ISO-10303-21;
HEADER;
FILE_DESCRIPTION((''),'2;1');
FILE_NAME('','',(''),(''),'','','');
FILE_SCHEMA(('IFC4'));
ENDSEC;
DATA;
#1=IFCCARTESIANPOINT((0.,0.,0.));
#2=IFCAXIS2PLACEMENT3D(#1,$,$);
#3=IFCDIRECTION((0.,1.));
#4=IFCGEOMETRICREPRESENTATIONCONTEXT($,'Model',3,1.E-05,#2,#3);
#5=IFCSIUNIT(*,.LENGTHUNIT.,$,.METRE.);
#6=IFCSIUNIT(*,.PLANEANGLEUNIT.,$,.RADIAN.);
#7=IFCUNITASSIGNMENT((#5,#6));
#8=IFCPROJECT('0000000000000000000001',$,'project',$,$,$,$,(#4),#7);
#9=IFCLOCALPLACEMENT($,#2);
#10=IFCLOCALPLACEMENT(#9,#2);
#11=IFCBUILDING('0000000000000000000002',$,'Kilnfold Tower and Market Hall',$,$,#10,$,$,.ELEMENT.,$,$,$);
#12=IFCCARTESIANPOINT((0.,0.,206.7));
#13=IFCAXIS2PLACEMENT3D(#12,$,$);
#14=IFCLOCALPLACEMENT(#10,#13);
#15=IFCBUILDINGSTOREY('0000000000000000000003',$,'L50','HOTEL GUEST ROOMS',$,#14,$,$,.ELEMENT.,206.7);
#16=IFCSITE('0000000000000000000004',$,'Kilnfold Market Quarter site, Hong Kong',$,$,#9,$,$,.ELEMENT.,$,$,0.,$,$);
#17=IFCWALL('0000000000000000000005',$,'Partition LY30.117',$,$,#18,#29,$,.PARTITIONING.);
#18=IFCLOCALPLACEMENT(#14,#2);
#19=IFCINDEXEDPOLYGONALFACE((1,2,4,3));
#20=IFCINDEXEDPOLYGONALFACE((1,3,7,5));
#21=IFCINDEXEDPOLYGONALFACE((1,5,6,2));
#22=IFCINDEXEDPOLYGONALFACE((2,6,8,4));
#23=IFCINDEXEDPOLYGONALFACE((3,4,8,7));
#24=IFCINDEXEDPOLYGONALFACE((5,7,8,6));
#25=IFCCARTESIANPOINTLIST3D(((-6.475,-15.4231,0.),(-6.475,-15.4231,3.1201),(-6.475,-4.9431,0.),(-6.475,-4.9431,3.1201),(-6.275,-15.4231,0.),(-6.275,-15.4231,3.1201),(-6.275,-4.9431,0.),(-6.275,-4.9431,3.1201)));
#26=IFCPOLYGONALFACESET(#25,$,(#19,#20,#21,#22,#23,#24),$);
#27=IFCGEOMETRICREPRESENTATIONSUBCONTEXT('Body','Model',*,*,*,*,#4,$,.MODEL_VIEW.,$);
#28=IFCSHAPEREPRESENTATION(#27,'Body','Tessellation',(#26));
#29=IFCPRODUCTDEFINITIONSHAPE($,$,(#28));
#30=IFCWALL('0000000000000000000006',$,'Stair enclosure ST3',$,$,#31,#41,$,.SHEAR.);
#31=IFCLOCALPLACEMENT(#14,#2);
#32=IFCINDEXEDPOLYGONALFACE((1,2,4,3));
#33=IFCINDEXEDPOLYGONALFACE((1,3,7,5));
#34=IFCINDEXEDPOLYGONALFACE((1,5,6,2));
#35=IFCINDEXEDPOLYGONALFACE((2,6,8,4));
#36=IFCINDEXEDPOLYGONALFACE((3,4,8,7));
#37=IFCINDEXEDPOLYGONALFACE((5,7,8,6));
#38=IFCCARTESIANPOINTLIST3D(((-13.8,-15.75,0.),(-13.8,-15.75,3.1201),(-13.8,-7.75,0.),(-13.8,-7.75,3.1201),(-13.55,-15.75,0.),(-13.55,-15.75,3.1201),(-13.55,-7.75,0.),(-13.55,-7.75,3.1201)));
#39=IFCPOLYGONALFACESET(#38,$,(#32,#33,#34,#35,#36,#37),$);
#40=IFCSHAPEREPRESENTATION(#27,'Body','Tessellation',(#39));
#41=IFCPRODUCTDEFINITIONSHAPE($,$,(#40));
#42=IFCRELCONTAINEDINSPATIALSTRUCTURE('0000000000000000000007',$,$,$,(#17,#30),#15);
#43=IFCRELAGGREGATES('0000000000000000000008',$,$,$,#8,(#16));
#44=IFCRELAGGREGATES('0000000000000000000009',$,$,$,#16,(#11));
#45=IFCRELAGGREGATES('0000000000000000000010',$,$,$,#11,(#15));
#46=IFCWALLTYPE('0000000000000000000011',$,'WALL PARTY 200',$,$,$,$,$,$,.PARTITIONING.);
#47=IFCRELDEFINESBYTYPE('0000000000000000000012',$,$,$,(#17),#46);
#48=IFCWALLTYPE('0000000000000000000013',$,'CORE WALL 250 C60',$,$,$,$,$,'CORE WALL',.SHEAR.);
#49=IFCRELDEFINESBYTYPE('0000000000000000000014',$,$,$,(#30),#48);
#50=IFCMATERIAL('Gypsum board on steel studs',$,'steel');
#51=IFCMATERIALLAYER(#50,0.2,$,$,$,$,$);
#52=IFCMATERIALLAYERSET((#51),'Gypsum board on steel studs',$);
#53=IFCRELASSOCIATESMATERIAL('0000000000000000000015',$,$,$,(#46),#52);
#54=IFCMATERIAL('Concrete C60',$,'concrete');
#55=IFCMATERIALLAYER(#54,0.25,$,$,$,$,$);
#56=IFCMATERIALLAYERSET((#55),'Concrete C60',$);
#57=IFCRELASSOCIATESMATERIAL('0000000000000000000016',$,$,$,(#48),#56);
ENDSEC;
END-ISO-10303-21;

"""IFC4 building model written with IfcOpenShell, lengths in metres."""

from ifc_helpers import new_model, si_unit, direction, frame, frame_2d, origin, place, context, subcontext, project, spatial, rectangle, extrude, source, transform, mapped, material, layer, layer_set, type_object, element, save


model = new_model("IFC4")

# Units and contexts
model_context = context("Model", 3, precision=1e-05, world=origin(), true_north=direction((0.0, 1.0)))
body_context = subcontext(model_context, "Body", "Model", "MODEL_VIEW")
ifc_project = project(units=[si_unit("LENGTHUNIT", "METRE"), si_unit("PLANEANGLEUNIT", "RADIAN")], contexts=[model_context])

# Site, building, storey
site_placement = place(None, origin())
site = spatial("IfcSite", under=ifc_project, at=site_placement, Name="Kilnfold Market Quarter site, Hong Kong", CompositionType="ELEMENT", RefElevation=0.0)
building_placement = place(site_placement, origin())
building = spatial("IfcBuilding", under=site, at=building_placement, Name="Kilnfold Tower and Market Hall", CompositionType="ELEMENT")
storey_placement = place(building_placement, frame((0.0, 0.0, 206.7)))
storey = spatial("IfcBuildingStorey", under=building, at=storey_placement, Name="L50", Description="HOTEL GUEST ROOMS", CompositionType="ELEMENT", Elevation=206.7)

# Walls
ifc_material_1 = material(Name="Gypsum board on steel studs", Category="steel")
ifc_layer_1 = layer(ifc_material_1, 0.2)
ifc_layer_set_1 = layer_set([ifc_layer_1], Name="Gypsum board on steel studs")
wall_type_1 = type_object("IfcWallType", Name="WALL PARTY 200", PredefinedType="PARTITIONING", material=ifc_layer_set_1)
wall_1_placement = place(storey_placement, frame((-6.375, -15.4231, 0.0), z_axis=(0.0, 0.0, 1.0), x_axis=(0.0, 1.0, 0.0)))
element("IfcWall", 1, at=wall_1_placement, inside=storey, type_object=wall_type_1, Name="Partition LY30.117", PredefinedType="PARTITIONING", context=body_context, shape_type="SweptSolid", body=[
    extrude(rectangle(XDim=10.48, YDim=0.2, at=frame_2d((5.24, 0.0))), origin(), (0.0, 0.0, 1.0), 3.1201),
])
ifc_material_2 = material(Name="Concrete C60", Category="concrete")
ifc_layer_2 = layer(ifc_material_2, 0.25)
ifc_layer_set_2 = layer_set([ifc_layer_2], Name="Concrete C60")
wall_type_2 = type_object("IfcWallType", Name="CORE WALL 250 C60", ElementType="CORE WALL", PredefinedType="SHEAR", material=ifc_layer_set_2)
shared_shape_1 = source(origin(), body_context, "Body", "SweptSolid", [
    extrude(rectangle(XDim=8.0, YDim=0.25, at=frame_2d((4.0, 0.0))), origin(), (0.0, 0.0, 1.0), 3.1201),
])
wall_2_placement = place(storey_placement, frame((-13.675, -15.75, 0.0), z_axis=(0.0, 0.0, 1.0), x_axis=(0.0, 1.0, 0.0)))
element("IfcWall", 2, at=wall_2_placement, inside=storey, type_object=wall_type_2, Name="Stair enclosure ST3", PredefinedType="SHEAR", context=body_context, shape_type="MappedRepresentation", body=[
    mapped(shared_shape_1, transform((0.0, 0.0, 0.0))),
])

save(model, "model.ifc")
